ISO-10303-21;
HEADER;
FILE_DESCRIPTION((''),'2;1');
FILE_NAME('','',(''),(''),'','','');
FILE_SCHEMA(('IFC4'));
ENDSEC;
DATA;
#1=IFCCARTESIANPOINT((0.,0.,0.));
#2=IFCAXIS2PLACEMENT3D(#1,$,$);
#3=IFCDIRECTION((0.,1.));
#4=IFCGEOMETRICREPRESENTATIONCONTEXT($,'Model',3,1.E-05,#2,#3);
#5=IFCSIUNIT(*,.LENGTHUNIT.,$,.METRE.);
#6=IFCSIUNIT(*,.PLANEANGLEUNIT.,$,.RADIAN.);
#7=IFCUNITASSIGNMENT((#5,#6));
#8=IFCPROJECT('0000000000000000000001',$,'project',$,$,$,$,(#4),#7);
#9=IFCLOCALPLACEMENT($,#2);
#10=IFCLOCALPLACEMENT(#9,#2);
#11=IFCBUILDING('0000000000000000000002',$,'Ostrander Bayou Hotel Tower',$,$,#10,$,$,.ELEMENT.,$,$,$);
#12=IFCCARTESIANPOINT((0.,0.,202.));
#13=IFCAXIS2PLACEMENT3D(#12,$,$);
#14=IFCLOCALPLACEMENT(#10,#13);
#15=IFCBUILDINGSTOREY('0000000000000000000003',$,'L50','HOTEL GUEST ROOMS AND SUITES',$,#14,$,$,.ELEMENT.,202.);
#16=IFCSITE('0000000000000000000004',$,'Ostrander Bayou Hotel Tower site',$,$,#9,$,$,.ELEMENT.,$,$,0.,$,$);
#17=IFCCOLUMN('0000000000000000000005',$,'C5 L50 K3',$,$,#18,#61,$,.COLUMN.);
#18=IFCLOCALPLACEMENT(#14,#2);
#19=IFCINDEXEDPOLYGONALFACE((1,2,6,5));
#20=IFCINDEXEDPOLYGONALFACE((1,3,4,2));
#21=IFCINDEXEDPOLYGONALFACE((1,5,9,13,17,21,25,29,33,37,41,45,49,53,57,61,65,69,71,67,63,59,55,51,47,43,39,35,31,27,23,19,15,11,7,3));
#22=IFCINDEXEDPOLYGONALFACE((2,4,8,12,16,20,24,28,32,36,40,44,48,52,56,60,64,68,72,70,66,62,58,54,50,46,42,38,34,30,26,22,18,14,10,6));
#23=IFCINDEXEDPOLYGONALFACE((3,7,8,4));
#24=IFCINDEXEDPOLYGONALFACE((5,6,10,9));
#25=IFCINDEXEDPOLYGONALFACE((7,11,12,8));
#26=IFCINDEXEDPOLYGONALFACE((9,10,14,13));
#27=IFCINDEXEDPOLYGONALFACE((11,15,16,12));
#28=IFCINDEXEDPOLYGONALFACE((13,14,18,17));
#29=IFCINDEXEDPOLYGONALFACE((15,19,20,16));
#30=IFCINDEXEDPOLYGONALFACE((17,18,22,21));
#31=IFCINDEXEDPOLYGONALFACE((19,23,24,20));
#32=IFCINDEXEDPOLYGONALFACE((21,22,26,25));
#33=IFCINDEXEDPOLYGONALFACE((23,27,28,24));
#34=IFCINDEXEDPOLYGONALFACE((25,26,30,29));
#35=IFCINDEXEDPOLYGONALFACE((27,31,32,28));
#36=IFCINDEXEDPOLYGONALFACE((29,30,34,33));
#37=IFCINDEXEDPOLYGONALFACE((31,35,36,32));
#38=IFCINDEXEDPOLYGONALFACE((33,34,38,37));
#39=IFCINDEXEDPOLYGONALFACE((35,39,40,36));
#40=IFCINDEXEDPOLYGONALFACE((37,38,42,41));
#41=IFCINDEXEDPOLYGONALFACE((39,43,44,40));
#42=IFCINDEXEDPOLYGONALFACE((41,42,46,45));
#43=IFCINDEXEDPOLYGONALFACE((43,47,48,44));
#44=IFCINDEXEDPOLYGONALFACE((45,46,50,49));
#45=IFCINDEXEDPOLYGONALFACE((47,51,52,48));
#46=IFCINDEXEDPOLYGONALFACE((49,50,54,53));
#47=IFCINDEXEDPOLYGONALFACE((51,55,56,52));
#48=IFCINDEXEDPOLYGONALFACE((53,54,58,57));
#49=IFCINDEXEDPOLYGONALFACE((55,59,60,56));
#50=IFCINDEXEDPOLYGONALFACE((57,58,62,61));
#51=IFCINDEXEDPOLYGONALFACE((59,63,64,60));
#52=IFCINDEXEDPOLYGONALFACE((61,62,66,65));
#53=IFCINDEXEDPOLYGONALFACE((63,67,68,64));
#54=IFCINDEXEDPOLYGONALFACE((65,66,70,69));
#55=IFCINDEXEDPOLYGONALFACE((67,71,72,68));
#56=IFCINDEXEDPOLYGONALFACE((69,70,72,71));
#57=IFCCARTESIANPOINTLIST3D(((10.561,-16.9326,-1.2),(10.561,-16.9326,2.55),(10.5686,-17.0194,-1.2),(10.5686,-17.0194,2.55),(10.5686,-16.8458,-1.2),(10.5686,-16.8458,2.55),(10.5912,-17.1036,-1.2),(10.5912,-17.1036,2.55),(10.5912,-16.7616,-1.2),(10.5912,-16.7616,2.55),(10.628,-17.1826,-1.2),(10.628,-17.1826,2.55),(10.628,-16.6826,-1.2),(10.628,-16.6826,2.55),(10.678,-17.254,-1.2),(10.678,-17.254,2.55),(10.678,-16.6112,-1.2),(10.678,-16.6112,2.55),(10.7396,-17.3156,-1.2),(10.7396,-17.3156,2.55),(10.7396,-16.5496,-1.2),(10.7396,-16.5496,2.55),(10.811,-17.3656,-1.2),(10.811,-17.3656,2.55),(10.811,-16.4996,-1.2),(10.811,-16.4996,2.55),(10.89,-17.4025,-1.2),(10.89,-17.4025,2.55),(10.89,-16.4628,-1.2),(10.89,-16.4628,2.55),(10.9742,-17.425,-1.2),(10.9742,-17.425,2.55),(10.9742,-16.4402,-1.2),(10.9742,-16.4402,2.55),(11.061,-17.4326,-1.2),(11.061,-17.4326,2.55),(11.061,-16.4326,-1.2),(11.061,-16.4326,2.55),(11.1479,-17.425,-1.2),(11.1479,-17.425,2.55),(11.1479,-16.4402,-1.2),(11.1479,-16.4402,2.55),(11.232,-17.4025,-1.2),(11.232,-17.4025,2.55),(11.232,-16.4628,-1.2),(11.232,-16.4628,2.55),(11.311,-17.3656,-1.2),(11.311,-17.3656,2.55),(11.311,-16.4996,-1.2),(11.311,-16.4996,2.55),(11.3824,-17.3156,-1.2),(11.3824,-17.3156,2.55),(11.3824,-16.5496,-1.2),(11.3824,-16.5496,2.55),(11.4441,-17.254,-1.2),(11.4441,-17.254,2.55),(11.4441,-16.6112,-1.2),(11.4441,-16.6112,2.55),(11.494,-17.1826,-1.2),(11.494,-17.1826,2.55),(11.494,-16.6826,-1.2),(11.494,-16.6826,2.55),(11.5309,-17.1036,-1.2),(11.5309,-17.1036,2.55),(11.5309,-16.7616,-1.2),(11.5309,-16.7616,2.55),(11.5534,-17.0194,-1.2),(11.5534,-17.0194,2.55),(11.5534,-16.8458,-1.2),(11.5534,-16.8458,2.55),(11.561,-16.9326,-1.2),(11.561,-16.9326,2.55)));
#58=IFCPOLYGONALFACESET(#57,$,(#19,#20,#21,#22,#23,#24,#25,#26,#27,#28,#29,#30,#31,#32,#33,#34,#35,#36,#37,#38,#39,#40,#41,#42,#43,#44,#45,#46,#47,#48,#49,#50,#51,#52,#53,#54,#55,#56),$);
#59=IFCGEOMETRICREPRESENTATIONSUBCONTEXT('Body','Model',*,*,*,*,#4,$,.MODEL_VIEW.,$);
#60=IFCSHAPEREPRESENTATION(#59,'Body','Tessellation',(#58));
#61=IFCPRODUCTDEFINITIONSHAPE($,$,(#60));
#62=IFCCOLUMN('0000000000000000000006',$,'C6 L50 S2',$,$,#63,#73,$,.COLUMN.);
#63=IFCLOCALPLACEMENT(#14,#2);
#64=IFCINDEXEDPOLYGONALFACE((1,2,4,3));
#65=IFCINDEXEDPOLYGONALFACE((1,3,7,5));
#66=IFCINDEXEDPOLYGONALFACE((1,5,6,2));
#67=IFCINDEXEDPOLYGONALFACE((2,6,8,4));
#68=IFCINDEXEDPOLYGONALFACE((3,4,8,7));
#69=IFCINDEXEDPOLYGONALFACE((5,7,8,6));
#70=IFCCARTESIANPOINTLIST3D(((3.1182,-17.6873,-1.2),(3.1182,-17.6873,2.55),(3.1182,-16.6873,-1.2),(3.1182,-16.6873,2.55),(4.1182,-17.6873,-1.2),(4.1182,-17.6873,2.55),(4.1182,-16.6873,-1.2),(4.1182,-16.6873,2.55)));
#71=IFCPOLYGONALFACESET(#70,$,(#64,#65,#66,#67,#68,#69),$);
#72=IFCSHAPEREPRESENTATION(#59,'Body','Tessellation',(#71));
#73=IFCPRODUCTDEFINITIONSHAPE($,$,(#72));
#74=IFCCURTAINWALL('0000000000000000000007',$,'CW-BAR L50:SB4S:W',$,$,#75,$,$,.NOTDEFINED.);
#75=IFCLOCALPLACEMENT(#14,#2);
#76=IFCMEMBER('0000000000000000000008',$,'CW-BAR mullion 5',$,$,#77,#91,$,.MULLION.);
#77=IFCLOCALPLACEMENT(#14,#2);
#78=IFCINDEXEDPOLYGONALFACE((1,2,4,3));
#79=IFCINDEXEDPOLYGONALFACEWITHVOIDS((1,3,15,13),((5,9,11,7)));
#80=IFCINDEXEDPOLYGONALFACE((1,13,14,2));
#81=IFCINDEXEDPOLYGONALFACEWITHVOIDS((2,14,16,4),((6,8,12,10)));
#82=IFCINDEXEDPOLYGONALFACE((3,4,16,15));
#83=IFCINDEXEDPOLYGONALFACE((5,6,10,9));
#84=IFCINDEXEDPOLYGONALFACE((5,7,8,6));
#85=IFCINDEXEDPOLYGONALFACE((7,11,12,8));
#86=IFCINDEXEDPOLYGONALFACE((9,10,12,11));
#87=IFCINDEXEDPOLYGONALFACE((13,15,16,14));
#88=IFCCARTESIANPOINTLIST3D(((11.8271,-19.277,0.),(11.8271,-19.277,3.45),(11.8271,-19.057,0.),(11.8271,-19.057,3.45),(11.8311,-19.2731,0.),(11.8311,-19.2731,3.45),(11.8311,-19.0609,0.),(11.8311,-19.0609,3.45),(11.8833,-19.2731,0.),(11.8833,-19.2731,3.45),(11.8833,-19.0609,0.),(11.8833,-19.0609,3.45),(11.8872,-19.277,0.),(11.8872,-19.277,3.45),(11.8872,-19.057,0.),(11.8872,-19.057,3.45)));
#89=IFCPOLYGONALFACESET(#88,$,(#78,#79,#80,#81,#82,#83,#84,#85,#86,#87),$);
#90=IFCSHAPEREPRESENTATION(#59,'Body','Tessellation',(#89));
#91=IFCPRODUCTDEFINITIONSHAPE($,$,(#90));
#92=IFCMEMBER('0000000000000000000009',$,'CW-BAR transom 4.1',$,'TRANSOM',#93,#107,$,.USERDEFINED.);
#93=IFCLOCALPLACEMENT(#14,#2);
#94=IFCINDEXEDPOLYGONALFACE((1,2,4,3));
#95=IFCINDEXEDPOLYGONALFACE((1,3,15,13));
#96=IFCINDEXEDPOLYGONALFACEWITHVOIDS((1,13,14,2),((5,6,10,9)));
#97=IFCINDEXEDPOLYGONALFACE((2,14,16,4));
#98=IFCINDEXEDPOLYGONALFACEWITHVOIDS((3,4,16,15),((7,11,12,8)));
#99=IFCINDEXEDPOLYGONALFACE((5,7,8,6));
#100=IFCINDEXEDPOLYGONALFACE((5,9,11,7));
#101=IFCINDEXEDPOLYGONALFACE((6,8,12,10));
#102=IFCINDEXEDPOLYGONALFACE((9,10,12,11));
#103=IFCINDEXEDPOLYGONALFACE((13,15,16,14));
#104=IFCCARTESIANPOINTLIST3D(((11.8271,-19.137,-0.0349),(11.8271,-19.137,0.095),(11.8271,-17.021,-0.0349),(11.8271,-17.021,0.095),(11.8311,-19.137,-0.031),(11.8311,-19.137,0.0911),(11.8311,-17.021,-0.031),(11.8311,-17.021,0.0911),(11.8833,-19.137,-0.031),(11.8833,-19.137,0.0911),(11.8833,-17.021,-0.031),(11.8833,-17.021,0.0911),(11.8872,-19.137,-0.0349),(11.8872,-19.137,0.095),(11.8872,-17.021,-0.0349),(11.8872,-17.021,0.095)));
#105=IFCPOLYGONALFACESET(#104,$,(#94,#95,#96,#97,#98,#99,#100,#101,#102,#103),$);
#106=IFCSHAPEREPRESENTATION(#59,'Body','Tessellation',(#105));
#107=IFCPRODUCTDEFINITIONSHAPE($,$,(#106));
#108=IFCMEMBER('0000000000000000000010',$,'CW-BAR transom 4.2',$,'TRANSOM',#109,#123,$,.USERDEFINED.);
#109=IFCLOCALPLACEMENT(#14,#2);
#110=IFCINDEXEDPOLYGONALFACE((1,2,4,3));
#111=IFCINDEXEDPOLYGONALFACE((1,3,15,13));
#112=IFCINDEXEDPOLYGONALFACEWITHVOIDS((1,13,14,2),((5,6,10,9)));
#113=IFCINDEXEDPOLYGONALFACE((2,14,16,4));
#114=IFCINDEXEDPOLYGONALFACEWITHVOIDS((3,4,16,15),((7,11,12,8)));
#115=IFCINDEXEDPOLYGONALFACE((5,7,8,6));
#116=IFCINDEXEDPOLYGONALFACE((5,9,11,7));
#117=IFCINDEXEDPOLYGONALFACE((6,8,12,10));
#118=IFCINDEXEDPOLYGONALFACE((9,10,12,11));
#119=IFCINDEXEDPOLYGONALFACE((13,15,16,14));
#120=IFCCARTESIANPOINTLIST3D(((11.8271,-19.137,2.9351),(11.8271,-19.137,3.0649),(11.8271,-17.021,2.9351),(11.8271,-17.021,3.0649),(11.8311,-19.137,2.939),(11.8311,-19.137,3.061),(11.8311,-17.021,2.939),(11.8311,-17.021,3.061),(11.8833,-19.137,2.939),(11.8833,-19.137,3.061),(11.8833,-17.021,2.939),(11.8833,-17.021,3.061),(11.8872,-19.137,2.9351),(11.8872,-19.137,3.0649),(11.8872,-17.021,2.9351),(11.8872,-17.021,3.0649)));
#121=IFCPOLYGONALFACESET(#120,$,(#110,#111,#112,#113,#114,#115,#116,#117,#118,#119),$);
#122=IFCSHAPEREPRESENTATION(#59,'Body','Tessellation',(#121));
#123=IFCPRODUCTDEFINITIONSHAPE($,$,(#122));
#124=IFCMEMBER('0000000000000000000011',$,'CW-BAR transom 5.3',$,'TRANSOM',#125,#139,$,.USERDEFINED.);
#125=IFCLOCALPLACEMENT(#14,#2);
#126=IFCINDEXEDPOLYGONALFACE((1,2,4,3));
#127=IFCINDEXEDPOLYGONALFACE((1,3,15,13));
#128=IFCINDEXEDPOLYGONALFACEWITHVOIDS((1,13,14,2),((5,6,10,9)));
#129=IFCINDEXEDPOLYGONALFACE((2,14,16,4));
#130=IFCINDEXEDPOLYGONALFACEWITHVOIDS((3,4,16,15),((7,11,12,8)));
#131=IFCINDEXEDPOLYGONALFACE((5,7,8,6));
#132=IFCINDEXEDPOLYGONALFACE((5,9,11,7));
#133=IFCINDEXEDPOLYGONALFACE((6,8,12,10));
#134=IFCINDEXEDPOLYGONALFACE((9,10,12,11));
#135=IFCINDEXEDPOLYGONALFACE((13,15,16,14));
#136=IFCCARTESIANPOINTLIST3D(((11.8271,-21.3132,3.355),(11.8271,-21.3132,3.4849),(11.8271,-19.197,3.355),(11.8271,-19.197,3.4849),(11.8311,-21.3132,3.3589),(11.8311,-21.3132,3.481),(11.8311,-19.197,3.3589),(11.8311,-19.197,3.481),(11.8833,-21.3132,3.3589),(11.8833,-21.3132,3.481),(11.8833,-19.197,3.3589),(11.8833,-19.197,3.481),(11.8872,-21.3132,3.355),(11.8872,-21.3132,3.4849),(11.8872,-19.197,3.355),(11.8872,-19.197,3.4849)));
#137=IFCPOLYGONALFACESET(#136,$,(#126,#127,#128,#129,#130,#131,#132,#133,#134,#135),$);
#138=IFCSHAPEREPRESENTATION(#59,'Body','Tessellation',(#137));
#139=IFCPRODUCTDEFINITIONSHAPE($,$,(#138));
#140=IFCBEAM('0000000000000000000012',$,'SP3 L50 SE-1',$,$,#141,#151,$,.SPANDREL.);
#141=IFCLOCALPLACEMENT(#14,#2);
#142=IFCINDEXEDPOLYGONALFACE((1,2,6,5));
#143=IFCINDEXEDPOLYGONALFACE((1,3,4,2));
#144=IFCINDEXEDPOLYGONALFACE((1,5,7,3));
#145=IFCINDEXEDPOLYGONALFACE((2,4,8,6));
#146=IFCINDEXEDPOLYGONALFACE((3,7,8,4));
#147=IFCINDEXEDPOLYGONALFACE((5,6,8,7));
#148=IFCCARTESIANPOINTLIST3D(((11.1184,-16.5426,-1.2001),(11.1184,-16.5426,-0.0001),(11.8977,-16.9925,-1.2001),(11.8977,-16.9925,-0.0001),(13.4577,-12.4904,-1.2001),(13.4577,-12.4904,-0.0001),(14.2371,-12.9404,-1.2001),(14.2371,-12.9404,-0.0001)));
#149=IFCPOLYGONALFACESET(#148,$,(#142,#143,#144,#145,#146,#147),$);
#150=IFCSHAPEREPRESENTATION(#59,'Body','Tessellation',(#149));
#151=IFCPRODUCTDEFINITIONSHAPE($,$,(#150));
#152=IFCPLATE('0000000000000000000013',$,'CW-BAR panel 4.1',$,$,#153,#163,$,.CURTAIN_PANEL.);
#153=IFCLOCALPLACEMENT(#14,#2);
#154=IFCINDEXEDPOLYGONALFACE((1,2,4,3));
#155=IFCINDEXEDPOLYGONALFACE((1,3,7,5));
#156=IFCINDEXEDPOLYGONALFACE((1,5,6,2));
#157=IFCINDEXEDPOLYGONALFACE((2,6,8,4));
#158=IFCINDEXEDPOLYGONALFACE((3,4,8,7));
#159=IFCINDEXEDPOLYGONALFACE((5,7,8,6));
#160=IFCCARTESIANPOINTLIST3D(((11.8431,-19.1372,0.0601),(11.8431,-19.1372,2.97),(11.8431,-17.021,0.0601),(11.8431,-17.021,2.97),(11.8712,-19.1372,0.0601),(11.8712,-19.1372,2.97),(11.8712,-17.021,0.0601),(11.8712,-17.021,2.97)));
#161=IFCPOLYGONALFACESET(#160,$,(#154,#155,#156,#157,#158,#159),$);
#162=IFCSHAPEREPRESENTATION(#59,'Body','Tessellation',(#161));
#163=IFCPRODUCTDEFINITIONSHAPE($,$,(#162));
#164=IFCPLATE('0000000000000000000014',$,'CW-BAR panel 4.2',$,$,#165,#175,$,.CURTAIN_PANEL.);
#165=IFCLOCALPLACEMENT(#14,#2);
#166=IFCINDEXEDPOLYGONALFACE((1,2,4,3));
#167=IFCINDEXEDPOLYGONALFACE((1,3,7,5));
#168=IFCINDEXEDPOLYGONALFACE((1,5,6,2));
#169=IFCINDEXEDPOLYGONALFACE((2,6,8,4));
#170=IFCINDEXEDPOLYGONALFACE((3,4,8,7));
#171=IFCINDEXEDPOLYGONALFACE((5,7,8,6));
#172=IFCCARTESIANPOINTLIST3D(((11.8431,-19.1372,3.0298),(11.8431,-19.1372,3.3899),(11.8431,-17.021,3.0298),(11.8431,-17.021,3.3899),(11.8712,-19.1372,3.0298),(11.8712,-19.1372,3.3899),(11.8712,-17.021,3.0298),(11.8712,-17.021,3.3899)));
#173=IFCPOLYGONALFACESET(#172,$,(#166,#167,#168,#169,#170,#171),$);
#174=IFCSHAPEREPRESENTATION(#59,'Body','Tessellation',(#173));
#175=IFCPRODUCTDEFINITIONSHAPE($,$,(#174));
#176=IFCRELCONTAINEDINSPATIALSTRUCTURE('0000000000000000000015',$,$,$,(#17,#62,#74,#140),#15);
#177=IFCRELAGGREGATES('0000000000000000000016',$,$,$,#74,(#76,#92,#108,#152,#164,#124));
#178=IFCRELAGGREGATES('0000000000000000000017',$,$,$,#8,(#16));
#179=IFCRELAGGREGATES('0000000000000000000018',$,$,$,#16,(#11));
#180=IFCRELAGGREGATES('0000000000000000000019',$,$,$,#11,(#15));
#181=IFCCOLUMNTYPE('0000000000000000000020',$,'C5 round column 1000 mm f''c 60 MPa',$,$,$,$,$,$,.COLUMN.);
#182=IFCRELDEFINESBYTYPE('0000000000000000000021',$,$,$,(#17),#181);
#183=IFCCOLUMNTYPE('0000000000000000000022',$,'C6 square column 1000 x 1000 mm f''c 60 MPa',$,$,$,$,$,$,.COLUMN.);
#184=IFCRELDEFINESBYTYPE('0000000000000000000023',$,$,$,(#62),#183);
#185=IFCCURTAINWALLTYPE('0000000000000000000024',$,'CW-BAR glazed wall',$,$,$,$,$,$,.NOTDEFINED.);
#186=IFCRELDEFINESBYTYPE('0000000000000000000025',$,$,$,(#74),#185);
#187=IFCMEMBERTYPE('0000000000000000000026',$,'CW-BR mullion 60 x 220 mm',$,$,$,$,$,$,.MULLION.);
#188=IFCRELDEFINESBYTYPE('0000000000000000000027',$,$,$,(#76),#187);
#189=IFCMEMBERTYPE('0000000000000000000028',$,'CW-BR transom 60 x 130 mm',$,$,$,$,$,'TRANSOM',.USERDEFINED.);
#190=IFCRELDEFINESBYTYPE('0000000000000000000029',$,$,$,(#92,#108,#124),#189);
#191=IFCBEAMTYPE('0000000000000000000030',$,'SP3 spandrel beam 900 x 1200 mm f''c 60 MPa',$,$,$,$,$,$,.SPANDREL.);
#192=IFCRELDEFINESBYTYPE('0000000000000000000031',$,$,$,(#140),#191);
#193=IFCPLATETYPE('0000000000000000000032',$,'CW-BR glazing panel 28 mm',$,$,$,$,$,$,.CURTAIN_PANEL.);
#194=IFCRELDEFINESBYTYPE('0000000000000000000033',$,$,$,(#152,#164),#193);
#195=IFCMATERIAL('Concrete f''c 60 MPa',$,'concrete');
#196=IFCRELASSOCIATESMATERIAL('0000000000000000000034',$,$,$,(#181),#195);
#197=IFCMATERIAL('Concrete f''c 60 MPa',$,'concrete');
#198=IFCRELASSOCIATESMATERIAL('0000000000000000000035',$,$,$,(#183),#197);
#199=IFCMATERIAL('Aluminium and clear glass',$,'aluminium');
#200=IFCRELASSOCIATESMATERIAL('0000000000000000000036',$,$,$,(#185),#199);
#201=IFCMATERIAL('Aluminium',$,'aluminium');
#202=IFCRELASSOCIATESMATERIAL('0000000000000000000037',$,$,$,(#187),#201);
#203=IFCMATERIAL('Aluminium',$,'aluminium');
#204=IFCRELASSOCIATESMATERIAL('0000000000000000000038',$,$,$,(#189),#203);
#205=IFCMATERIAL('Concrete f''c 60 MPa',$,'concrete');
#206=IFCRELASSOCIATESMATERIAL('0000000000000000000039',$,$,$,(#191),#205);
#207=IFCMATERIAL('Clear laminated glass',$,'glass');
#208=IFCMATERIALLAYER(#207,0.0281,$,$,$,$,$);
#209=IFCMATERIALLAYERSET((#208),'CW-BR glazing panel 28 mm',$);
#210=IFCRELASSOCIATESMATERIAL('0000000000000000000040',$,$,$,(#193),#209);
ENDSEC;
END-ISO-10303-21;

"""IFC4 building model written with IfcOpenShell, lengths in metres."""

from ifc_helpers import new_model, si_unit, direction, frame, origin, origin_2d, place, context, subcontext, project, spatial, rectangle, hollow_rectangle, circle, extrude, material, layer, layer_set, material_profile, profile_set, type_object, element, aggregate, save


model = new_model("IFC4")

# Units and contexts
model_context = context("Model", 3, precision=1e-05, world=origin(), true_north=direction((0.0, 1.0)))
body_context = subcontext(model_context, "Body", "Model", "MODEL_VIEW")
ifc_project = project(units=[si_unit("LENGTHUNIT", "METRE"), si_unit("PLANEANGLEUNIT", "RADIAN")], contexts=[model_context])

# Site, building, storey
site_placement = place(None, origin())
site = spatial("IfcSite", under=ifc_project, at=site_placement, Name="Ostrander Bayou Hotel Tower site", CompositionType="ELEMENT", RefElevation=0.0)
building_placement = place(site_placement, origin())
building = spatial("IfcBuilding", under=site, at=building_placement, Name="Ostrander Bayou Hotel Tower", CompositionType="ELEMENT")
storey_placement = place(building_placement, frame((0.0, 0.0, 202.0)))
storey = spatial("IfcBuildingStorey", under=building, at=storey_placement, Name="L50", Description="HOTEL GUEST ROOMS AND SUITES", CompositionType="ELEMENT", Elevation=202.0)

# Columns
ifc_material_1 = material(Name="Concrete f'c 60 MPa", Category="concrete")
ifc_material_profile_1 = material_profile(ifc_material_1, circle(Radius=0.5, at=origin_2d()))
ifc_profile_set_1 = profile_set([ifc_material_profile_1], Name="Concrete f'c 60 MPa")
column_type_1 = type_object("IfcColumnType", Name="C5 round column 1000 mm f'c 60 MPa", PredefinedType="COLUMN", material=ifc_profile_set_1)
column_1_placement = place(storey_placement, frame((11.061, -16.9326, -1.2), z_axis=(0.0, 0.0, 1.0), x_axis=(1.0, 0.0, 0.0)))
element("IfcColumn", 1, at=column_1_placement, inside=storey, type_object=column_type_1, Name="C5 L50 K3", PredefinedType="COLUMN", context=body_context, shape_type="SweptSolid", body=[
    extrude(circle(Radius=0.5, at=origin_2d()), origin(), (0.0, 0.0, 1.0), 3.75),
])
ifc_material_2 = material(Name="Concrete f'c 60 MPa", Category="concrete")
ifc_material_profile_2 = material_profile(ifc_material_2, rectangle(XDim=1.0, YDim=1.0, at=origin_2d()))
ifc_profile_set_2 = profile_set([ifc_material_profile_2], Name="Concrete f'c 60 MPa")
column_type_2 = type_object("IfcColumnType", Name="C6 square column 1000 x 1000 mm f'c 60 MPa", PredefinedType="COLUMN", material=ifc_profile_set_2)
column_2_placement = place(storey_placement, frame((3.6182, -17.1873, -1.2), z_axis=(0.0, 0.0, 1.0), x_axis=(-1.0, 0.0, 0.0)))
element("IfcColumn", 2, at=column_2_placement, inside=storey, type_object=column_type_2, Name="C6 L50 S2", PredefinedType="COLUMN", context=body_context, shape_type="SweptSolid", body=[
    extrude(rectangle(XDim=1.0, YDim=1.0, at=origin_2d()), origin(), (0.0, 0.0, 1.0), 3.75),
])

# Curtain wall, members
ifc_material_3 = material(Name="Aluminium and clear glass", Category="aluminium")
curtain_wall_type = type_object("IfcCurtainWallType", Name="CW-BAR glazed wall", PredefinedType="NOTDEFINED", material=ifc_material_3)
curtain_wall_placement = place(storey_placement, origin())
curtain_wall = element("IfcCurtainWall", 3, at=curtain_wall_placement, inside=storey, type_object=curtain_wall_type, Name="CW-BAR L50:SB4S:W", PredefinedType="NOTDEFINED")
ifc_material_4 = material(Name="Aluminium", Category="aluminium")
ifc_material_profile_3 = material_profile(ifc_material_4, hollow_rectangle(XDim=0.0601, YDim=0.22, WallThickness=0.0039, at=origin_2d()))
ifc_profile_set_3 = profile_set([ifc_material_profile_3], Name="Aluminium")
member_type_1 = type_object("IfcMemberType", Name="CW-BR mullion 60 x 220 mm", PredefinedType="MULLION", material=ifc_profile_set_3)
member_1_placement = place(storey_placement, frame((11.8572, -19.167, 0.0), z_axis=(0.0, 0.0, 1.0), x_axis=(1.0, 0.0, 0.0)))
member_1 = element("IfcMember", 4, at=member_1_placement, type_object=member_type_1, Name="CW-BAR mullion 5", PredefinedType="MULLION", context=body_context, shape_type="SweptSolid", body=[
    extrude(hollow_rectangle(XDim=0.0601, YDim=0.22, WallThickness=0.0039, at=origin_2d()), origin(), (0.0, 0.0, 1.0), 3.45),
])
ifc_material_5 = material(Name="Aluminium", Category="aluminium")
ifc_material_profile_4 = material_profile(ifc_material_5, hollow_rectangle(XDim=0.0601, YDim=0.1299, WallThickness=0.0039, at=origin_2d()))
ifc_profile_set_4 = profile_set([ifc_material_profile_4], Name="Aluminium")
member_type_2 = type_object("IfcMemberType", Name="CW-BR transom 60 x 130 mm", ElementType="TRANSOM", PredefinedType="USERDEFINED", material=ifc_profile_set_4)
member_2_placement = place(storey_placement, frame((11.8572, -17.021, 0.03), z_axis=(0.0, -1.0, 0.0), x_axis=(1.0, 0.0, 0.0)))
member_2 = element("IfcMember", 5, at=member_2_placement, type_object=member_type_2, Name="CW-BAR transom 4.1", ObjectType="TRANSOM", PredefinedType="USERDEFINED", context=body_context, shape_type="SweptSolid", body=[
    extrude(hollow_rectangle(XDim=0.0601, YDim=0.1299, WallThickness=0.0039, at=origin_2d()), origin(), (0.0, 0.0, 1.0), 2.116),
])
member_3_placement = place(storey_placement, frame((11.8572, -17.021, 3.0), z_axis=(0.0, -1.0, 0.0), x_axis=(1.0, 0.0, 0.0)))
member_3 = element("IfcMember", 6, at=member_3_placement, type_object=member_type_2, Name="CW-BAR transom 4.2", ObjectType="TRANSOM", PredefinedType="USERDEFINED", context=body_context, shape_type="SweptSolid", body=[
    extrude(hollow_rectangle(XDim=0.0601, YDim=0.1299, WallThickness=0.0039, at=origin_2d()), origin(), (0.0, 0.0, 1.0), 2.116),
])
member_4_placement = place(storey_placement, frame((11.8572, -19.197, 3.4199), z_axis=(0.0, -1.0, 0.0), x_axis=(1.0, 0.0, 0.0)))
member_4 = element("IfcMember", 7, at=member_4_placement, type_object=member_type_2, Name="CW-BAR transom 5.3", ObjectType="TRANSOM", PredefinedType="USERDEFINED", context=body_context, shape_type="SweptSolid", body=[
    extrude(hollow_rectangle(XDim=0.0601, YDim=0.1299, WallThickness=0.0039, at=origin_2d()), origin(), (0.0, 0.0, 1.0), 2.1162),
])

# Beam
ifc_material_6 = material(Name="Concrete f'c 60 MPa", Category="concrete")
ifc_material_profile_5 = material_profile(ifc_material_6, rectangle(XDim=0.8999, YDim=1.2, at=origin_2d()))
ifc_profile_set_5 = profile_set([ifc_material_profile_5], Name="Concrete f'c 60 MPa")
beam_type = type_object("IfcBeamType", Name="SP3 spandrel beam 900 x 1200 mm f'c 60 MPa", PredefinedType="SPANDREL", material=ifc_profile_set_5)
beam_placement = place(storey_placement, frame((11.5081, -16.7676, -0.6001), z_axis=(0.499966, 0.866045, 0.0), x_axis=(-0.866045, 0.499966, 0.0)))
element("IfcBeam", 8, at=beam_placement, inside=storey, type_object=beam_type, Name="SP3 L50 SE-1", PredefinedType="SPANDREL", context=body_context, shape_type="SweptSolid", body=[
    extrude(rectangle(XDim=0.8999, YDim=1.2, at=origin_2d()), origin(), (0.0, 0.0, 1.0), 4.679),
])

# Plates
ifc_material_7 = material(Name="Clear laminated glass", Category="glass")
ifc_layer_1 = layer(ifc_material_7, 0.0281)
ifc_layer_set_1 = layer_set([ifc_layer_1], Name="CW-BR glazing panel 28 mm")
plate_type = type_object("IfcPlateType", Name="CW-BR glazing panel 28 mm", PredefinedType="CURTAIN_PANEL", material=ifc_layer_set_1)
plate_1_placement = place(storey_placement, frame((11.8572, -18.0791, 0.0601), z_axis=(0.0, 0.0, 1.0), x_axis=(0.0, -1.0, 0.0)))
plate_1 = element("IfcPlate", 9, at=plate_1_placement, type_object=plate_type, Name="CW-BAR panel 4.1", PredefinedType="CURTAIN_PANEL", context=body_context, shape_type="SweptSolid", body=[
    extrude(rectangle(XDim=2.1162, YDim=0.0281, at=origin_2d()), origin(), (0.0, 0.0, 1.0), 2.9099),
])
plate_2_placement = place(storey_placement, frame((11.8572, -18.0791, 3.0298), z_axis=(0.0, 0.0, 1.0), x_axis=(0.0, -1.0, 0.0)))
plate_2 = element("IfcPlate", 10, at=plate_2_placement, type_object=plate_type, Name="CW-BAR panel 4.2", PredefinedType="CURTAIN_PANEL", context=body_context, shape_type="SweptSolid", body=[
    extrude(rectangle(XDim=2.1162, YDim=0.0281, at=origin_2d()), origin(), (0.0, 0.0, 1.0), 0.3601),
])
aggregate(curtain_wall, [member_1, member_2, member_3, plate_1, plate_2, member_4])

save(model, "model.ifc")
